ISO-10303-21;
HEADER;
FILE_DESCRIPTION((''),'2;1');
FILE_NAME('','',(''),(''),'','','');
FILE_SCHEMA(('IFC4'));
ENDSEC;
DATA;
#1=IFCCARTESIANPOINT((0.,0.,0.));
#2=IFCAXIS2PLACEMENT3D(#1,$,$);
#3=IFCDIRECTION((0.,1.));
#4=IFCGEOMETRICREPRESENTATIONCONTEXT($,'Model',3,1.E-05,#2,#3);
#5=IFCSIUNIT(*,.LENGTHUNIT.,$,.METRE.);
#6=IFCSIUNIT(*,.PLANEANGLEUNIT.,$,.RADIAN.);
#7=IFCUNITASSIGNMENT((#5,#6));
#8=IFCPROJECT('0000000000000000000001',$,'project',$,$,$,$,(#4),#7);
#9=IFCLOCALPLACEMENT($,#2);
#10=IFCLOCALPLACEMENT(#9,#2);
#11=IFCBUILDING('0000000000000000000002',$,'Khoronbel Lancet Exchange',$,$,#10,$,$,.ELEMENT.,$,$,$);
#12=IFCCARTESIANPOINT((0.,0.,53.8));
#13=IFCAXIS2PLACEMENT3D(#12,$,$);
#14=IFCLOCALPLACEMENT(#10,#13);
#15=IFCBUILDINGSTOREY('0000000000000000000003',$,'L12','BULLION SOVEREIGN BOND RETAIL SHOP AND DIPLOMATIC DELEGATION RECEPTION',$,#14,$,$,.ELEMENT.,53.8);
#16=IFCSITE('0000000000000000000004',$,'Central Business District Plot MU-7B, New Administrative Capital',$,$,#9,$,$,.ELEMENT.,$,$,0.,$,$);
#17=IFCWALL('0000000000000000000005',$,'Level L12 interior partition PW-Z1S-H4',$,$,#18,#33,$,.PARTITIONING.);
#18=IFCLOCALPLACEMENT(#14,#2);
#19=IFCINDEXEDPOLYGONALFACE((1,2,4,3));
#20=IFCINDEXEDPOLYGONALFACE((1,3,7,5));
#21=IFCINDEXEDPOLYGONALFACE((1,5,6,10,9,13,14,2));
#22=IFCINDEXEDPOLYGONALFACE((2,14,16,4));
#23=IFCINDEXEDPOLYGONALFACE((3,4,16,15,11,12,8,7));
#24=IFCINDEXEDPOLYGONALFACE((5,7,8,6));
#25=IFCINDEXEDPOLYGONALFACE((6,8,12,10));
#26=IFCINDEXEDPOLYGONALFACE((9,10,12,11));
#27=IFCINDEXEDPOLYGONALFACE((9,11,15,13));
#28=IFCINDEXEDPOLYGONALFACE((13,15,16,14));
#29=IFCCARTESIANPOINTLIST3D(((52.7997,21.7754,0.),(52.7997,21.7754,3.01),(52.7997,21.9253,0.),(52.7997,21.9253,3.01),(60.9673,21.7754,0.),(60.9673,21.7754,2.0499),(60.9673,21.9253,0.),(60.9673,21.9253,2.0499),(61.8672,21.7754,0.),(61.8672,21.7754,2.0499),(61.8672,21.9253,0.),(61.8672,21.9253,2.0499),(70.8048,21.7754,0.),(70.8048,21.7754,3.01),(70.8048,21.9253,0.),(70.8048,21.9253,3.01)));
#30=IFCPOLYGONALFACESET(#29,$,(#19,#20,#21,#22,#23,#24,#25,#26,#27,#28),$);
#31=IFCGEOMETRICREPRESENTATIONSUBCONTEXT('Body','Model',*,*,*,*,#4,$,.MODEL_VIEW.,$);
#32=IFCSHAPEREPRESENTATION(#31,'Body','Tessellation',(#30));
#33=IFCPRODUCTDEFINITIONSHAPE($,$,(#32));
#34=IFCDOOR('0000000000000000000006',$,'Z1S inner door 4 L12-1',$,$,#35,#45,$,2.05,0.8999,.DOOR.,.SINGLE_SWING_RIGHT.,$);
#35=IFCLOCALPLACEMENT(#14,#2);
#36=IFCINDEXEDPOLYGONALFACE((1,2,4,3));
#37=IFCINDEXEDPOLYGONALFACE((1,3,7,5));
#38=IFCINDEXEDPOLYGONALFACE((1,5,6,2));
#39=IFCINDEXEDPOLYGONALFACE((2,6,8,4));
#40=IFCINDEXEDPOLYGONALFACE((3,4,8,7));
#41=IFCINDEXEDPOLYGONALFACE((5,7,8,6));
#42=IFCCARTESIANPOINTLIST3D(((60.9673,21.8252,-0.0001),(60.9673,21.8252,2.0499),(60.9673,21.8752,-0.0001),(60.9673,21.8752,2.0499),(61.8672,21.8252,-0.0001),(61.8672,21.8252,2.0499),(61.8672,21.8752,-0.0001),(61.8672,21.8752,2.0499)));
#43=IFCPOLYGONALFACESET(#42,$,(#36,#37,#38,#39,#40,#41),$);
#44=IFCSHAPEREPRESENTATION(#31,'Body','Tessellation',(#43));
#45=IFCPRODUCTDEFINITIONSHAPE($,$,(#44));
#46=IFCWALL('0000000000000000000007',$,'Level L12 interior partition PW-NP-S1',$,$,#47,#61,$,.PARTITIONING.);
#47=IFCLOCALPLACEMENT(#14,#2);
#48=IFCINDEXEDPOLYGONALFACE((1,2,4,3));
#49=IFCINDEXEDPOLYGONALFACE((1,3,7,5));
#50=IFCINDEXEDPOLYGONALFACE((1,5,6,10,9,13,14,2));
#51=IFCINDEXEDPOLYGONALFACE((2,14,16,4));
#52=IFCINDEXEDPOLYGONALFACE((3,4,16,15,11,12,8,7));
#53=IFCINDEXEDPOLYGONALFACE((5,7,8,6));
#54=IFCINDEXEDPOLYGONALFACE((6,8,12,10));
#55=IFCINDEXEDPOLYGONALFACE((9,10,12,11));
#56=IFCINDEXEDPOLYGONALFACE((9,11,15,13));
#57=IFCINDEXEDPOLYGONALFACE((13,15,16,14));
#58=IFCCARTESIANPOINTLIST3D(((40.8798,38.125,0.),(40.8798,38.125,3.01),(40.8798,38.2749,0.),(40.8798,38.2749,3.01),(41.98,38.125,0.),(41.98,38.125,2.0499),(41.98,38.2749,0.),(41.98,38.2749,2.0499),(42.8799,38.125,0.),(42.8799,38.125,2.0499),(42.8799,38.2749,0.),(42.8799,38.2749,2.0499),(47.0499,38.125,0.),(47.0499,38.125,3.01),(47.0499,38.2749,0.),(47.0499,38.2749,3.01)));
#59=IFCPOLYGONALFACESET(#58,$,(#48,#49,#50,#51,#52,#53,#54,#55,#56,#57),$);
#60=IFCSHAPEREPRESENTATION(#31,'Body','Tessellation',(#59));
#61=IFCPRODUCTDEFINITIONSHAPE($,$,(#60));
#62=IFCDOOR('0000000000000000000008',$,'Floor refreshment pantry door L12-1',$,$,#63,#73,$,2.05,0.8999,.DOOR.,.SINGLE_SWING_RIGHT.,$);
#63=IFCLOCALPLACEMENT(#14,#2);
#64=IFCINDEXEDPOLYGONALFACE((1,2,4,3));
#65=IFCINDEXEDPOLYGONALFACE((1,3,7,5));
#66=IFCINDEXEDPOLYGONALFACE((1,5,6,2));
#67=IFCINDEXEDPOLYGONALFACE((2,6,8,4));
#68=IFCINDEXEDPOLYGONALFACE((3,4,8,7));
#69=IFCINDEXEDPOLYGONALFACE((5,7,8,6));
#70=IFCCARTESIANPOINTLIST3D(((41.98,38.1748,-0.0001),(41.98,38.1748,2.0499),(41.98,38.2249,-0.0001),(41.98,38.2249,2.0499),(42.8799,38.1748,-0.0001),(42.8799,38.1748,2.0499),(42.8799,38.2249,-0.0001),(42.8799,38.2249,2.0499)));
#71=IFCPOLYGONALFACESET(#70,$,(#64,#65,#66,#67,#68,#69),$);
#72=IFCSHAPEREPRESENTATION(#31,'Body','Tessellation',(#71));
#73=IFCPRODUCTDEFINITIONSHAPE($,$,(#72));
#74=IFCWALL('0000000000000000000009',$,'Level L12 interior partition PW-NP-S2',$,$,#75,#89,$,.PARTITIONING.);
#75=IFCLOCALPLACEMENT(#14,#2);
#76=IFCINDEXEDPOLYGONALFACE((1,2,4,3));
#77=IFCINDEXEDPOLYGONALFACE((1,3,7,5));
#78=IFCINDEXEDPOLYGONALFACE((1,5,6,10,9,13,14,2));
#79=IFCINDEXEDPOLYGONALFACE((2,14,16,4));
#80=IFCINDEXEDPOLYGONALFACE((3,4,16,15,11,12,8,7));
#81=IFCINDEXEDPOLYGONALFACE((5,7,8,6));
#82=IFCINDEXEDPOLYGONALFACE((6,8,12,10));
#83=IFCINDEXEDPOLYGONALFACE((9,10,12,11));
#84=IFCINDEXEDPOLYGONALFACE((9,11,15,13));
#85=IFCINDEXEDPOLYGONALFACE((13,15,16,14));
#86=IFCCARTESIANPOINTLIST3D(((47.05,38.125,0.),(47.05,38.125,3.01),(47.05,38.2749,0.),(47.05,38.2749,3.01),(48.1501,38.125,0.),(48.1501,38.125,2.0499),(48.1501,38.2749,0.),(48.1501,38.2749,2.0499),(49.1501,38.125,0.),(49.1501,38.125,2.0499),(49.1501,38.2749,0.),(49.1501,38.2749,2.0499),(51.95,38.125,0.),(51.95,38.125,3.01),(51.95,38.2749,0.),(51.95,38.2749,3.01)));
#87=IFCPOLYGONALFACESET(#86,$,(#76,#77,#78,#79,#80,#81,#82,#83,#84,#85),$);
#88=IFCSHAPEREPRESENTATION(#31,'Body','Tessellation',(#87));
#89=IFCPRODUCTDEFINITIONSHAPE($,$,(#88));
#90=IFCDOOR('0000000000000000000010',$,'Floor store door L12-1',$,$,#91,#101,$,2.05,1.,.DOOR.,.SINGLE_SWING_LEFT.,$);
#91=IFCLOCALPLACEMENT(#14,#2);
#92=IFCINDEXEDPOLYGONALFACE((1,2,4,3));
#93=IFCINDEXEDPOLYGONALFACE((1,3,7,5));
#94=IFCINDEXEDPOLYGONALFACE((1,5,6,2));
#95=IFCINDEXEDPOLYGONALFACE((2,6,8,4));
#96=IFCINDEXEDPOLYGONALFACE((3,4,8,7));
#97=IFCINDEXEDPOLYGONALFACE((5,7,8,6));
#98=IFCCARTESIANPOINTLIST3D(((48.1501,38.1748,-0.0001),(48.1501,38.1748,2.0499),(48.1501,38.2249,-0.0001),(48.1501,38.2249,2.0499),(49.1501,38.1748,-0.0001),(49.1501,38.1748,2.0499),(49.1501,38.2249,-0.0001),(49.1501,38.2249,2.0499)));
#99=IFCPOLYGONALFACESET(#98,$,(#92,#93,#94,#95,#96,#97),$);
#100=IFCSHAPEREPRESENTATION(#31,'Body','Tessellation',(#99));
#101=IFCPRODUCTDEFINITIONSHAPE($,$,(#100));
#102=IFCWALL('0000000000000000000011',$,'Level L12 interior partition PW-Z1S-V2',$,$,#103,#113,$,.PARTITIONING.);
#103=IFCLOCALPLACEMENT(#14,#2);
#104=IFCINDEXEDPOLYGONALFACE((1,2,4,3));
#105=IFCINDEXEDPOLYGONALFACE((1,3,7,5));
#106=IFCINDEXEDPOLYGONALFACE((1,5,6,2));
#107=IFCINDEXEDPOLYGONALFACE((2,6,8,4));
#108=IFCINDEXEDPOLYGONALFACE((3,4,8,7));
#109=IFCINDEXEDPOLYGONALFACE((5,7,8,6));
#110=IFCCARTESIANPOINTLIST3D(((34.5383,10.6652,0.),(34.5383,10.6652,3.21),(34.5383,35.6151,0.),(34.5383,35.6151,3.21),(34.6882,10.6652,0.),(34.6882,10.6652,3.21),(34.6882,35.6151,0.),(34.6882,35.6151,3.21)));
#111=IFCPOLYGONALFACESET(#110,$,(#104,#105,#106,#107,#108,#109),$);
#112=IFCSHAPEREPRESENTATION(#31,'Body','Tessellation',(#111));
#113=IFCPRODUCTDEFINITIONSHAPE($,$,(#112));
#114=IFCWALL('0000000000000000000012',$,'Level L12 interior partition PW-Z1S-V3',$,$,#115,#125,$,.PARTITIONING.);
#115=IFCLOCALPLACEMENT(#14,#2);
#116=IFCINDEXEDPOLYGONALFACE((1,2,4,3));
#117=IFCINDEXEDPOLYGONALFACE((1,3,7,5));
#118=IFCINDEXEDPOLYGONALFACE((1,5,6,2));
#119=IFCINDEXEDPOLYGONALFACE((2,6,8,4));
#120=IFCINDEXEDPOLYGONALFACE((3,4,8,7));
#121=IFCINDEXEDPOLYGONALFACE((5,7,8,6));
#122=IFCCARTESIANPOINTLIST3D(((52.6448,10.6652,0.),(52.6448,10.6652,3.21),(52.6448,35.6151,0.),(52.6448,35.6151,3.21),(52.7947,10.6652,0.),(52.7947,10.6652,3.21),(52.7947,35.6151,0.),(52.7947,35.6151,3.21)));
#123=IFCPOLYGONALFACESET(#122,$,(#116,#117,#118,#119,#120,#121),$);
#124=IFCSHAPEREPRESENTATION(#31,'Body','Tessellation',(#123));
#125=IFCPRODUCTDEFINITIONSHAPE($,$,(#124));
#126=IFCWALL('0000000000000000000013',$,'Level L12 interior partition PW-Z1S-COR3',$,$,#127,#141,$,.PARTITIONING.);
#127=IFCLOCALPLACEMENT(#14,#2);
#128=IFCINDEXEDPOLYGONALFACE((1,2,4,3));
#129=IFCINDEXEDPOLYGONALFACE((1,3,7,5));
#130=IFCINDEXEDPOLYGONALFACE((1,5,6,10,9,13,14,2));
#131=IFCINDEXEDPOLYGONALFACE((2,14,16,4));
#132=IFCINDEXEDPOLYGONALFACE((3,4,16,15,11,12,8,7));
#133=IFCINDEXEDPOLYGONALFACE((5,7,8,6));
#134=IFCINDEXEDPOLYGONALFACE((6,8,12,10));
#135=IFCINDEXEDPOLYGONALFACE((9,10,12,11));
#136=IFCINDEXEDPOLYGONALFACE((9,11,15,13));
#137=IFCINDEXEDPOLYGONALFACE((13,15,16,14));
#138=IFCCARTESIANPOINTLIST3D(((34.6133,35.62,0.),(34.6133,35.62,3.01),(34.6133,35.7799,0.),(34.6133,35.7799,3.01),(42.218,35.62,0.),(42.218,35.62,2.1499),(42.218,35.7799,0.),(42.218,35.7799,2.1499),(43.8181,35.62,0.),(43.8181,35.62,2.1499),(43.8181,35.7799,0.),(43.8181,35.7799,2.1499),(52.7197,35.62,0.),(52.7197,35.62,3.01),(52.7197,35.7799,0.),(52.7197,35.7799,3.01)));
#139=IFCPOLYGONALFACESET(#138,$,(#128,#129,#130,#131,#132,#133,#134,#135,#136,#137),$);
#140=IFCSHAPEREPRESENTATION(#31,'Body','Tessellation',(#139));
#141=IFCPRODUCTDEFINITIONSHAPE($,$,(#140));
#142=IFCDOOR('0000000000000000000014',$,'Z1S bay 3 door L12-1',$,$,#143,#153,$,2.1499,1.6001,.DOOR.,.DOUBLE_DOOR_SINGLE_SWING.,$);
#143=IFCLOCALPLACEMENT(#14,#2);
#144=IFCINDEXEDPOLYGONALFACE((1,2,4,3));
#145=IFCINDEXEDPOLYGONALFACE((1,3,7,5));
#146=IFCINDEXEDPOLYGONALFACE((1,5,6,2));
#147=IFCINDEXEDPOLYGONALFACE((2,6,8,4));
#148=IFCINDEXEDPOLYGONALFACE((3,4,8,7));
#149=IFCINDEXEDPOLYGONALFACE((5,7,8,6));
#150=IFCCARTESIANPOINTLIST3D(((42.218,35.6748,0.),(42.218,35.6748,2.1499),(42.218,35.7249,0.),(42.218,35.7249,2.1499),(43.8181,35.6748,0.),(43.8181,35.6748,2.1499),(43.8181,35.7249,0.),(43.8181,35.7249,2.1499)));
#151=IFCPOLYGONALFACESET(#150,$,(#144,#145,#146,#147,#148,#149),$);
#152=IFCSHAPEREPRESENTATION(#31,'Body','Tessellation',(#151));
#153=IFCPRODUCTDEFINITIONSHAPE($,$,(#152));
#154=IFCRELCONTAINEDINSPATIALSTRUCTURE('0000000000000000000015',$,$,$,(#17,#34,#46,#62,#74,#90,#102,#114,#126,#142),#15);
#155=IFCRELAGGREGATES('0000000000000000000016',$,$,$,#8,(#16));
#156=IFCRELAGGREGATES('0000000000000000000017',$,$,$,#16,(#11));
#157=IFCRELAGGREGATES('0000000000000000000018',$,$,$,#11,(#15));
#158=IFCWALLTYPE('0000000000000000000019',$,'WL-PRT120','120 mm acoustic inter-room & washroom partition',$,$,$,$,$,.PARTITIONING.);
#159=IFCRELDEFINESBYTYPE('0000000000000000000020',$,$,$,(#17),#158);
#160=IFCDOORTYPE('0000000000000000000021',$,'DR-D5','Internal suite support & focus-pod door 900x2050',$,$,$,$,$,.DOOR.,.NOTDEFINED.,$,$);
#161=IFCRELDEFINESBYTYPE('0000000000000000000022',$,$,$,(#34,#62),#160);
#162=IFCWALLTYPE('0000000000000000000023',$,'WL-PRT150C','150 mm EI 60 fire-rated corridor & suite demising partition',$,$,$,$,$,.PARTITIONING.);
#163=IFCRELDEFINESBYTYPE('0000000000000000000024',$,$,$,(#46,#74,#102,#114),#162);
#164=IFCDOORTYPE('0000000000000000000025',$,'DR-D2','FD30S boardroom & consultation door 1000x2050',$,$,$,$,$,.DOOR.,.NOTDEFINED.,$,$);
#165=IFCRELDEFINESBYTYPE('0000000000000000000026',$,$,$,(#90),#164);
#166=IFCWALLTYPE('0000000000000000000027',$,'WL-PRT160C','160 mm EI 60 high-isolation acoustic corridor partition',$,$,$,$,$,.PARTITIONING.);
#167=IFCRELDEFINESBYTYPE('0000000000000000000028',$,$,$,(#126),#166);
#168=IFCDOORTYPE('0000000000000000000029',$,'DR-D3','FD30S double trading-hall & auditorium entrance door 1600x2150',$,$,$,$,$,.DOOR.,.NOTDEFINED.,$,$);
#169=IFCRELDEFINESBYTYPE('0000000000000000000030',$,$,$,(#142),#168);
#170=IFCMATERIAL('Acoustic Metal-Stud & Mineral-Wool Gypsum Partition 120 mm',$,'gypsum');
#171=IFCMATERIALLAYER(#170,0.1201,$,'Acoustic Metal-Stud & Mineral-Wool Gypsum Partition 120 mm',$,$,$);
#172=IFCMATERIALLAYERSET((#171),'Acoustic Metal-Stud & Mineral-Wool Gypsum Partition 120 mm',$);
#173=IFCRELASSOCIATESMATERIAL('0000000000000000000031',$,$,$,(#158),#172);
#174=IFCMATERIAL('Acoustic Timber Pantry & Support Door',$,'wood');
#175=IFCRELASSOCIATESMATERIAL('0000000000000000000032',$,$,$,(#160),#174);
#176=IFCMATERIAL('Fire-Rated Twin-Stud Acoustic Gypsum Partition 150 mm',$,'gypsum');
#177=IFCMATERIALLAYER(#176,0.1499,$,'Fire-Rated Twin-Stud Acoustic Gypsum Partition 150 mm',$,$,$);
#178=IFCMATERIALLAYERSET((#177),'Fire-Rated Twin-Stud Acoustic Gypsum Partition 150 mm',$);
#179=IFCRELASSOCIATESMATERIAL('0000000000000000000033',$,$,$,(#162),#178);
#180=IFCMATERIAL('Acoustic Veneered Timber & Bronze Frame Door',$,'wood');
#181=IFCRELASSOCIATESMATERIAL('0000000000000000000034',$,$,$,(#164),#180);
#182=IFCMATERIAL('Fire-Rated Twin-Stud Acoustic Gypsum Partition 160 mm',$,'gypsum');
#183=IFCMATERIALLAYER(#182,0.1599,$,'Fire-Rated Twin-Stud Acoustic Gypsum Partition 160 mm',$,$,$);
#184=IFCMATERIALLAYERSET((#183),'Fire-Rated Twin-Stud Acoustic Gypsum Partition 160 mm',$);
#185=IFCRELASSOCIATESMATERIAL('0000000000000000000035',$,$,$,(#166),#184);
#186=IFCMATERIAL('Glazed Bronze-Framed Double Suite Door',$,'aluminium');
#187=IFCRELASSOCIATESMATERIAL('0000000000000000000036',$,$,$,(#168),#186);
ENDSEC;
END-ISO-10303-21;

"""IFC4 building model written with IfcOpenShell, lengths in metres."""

from ifc_helpers import new_model, si_unit, direction, frame, frame_2d, origin, place, context, subcontext, project, spatial, rectangle, extrude, material, layer, layer_set, type_object, element, fill, save


model = new_model("IFC4")

# Units and contexts
model_context = context("Model", 3, precision=1e-05, world=origin(), true_north=direction((0.0, 1.0)))
body_context = subcontext(model_context, "Body", "Model", "MODEL_VIEW")
ifc_project = project(units=[si_unit("LENGTHUNIT", "METRE"), si_unit("PLANEANGLEUNIT", "RADIAN")], contexts=[model_context])

# Site, building, storey
site_placement = place(None, origin())
site = spatial("IfcSite", under=ifc_project, at=site_placement, Name="Central Business District Plot MU-7B, New Administrative Capital", CompositionType="ELEMENT", RefElevation=0.0)
building_placement = place(site_placement, origin())
building = spatial("IfcBuilding", under=site, at=building_placement, Name="Khoronbel Lancet Exchange", CompositionType="ELEMENT")
storey_placement = place(building_placement, frame((0.0, 0.0, 53.8)))
storey = spatial("IfcBuildingStorey", under=building, at=storey_placement, Name="L12", Description="BULLION SOVEREIGN BOND RETAIL SHOP AND DIPLOMATIC DELEGATION RECEPTION", CompositionType="ELEMENT", Elevation=53.8)

# Walls, openings, doors
ifc_material_1 = material(Name="Acoustic Metal-Stud & Mineral-Wool Gypsum Partition 120 mm", Category="gypsum")
ifc_layer_1 = layer(ifc_material_1, 0.1201, Name="Acoustic Metal-Stud & Mineral-Wool Gypsum Partition 120 mm")
ifc_layer_set_1 = layer_set([ifc_layer_1], Name="Acoustic Metal-Stud & Mineral-Wool Gypsum Partition 120 mm")
wall_type_1 = type_object("IfcWallType", Name="WL-PRT120", Description="120 mm acoustic inter-room & washroom partition", PredefinedType="PARTITIONING", material=ifc_layer_set_1)
ifc_material_2 = material(Name="Acoustic Timber Pantry & Support Door", Category="wood")
door_type_1 = type_object("IfcDoorType", Name="DR-D5", Description="Internal suite support & focus-pod door 900x2050", OperationType="NOTDEFINED", PredefinedType="DOOR", material=ifc_material_2)
wall_1_placement = place(storey_placement, frame((52.7998, 21.8503, 0.0), z_axis=(0.0, 0.0, 1.0), x_axis=(1.0, 0.0, 0.0)))
wall_1 = element("IfcWall", 1, at=wall_1_placement, inside=storey, type_object=wall_type_1, Name="Level L12 interior partition PW-Z1S-H4", PredefinedType="PARTITIONING", context=body_context, shape_type="SweptSolid", body=[
    extrude(rectangle(XDim=18.0051, YDim=0.1499, at=frame_2d((9.0024, 0.0))), origin(), (0.0, 0.0, 1.0), 3.01),
])
opening_1_placement = place(wall_1_placement, frame((8.1675, 0.0, 0.0)))
opening_1 = element("IfcOpeningElement", 2, at=opening_1_placement, cuts=wall_1, PredefinedType="OPENING", context=body_context, shape_type="SweptSolid", body=[
    extrude(rectangle(XDim=0.8999, YDim=2.05, at=frame_2d((0.45, 1.0249))), frame((0.0, 0.085, 0.0), z_axis=(0.0, -1.0, 0.0), x_axis=(1.0, 0.0, 0.0)), (0.0, 0.0, 1.0), 0.1699),
])
door_1_placement = place(opening_1_placement, origin())
door_1 = element("IfcDoor", 3, at=door_1_placement, inside=storey, type_object=door_type_1, Name="Z1S inner door 4 L12-1", OperationType="SINGLE_SWING_RIGHT", OverallHeight=2.05, OverallWidth=0.8999, PredefinedType="DOOR", context=body_context, shape_type="SweptSolid", body=[
    extrude(rectangle(XDim=0.8999, YDim=2.05, at=frame_2d((0.45, 1.0249))), frame((0.0, 0.0249, 0.0), z_axis=(0.0, -1.0, 0.0), x_axis=(1.0, 0.0, 0.0)), (0.0, 0.0, 1.0), 0.05),
])
fill(opening_1, door_1)
ifc_material_3 = material(Name="Fire-Rated Twin-Stud Acoustic Gypsum Partition 150 mm", Category="gypsum")
ifc_layer_2 = layer(ifc_material_3, 0.1499, Name="Fire-Rated Twin-Stud Acoustic Gypsum Partition 150 mm")
ifc_layer_set_2 = layer_set([ifc_layer_2], Name="Fire-Rated Twin-Stud Acoustic Gypsum Partition 150 mm")
wall_type_2 = type_object("IfcWallType", Name="WL-PRT150C", Description="150 mm EI 60 fire-rated corridor & suite demising partition", PredefinedType="PARTITIONING", material=ifc_layer_set_2)
wall_2_placement = place(storey_placement, frame((40.8799, 38.2, 0.0), z_axis=(0.0, 0.0, 1.0), x_axis=(1.0, 0.0, 0.0)))
wall_2 = element("IfcWall", 4, at=wall_2_placement, inside=storey, type_object=wall_type_2, Name="Level L12 interior partition PW-NP-S1", PredefinedType="PARTITIONING", context=body_context, shape_type="SweptSolid", body=[
    extrude(rectangle(XDim=6.1702, YDim=0.1499, at=frame_2d((3.085, 0.0))), origin(), (0.0, 0.0, 1.0), 3.01),
])
opening_2_placement = place(wall_2_placement, frame((1.1001, 0.0, 0.0)))
opening_2 = element("IfcOpeningElement", 5, at=opening_2_placement, cuts=wall_2, PredefinedType="OPENING", context=body_context, shape_type="SweptSolid", body=[
    extrude(rectangle(XDim=0.8999, YDim=2.05, at=frame_2d((0.45, 1.0249))), frame((0.0, 0.085, 0.0), z_axis=(0.0, -1.0, 0.0), x_axis=(1.0, 0.0, 0.0)), (0.0, 0.0, 1.0), 0.1699),
])
door_2_placement = place(opening_2_placement, origin())
door_2 = element("IfcDoor", 6, at=door_2_placement, inside=storey, type_object=door_type_1, Name="Floor refreshment pantry door L12-1", OperationType="SINGLE_SWING_RIGHT", OverallHeight=2.05, OverallWidth=0.8999, PredefinedType="DOOR", context=body_context, shape_type="SweptSolid", body=[
    extrude(rectangle(XDim=0.8999, YDim=2.05, at=frame_2d((0.45, 1.0249))), frame((0.0, 0.0249, 0.0), z_axis=(0.0, -1.0, 0.0), x_axis=(1.0, 0.0, 0.0)), (0.0, 0.0, 1.0), 0.05),
])
fill(opening_2, door_2)
wall_3_placement = place(storey_placement, frame((47.05, 38.2, 0.0), z_axis=(0.0, 0.0, 1.0), x_axis=(1.0, 0.0, 0.0)))
wall_3 = element("IfcWall", 7, at=wall_3_placement, inside=storey, type_object=wall_type_2, Name="Level L12 interior partition PW-NP-S2", PredefinedType="PARTITIONING", context=body_context, shape_type="SweptSolid", body=[
    extrude(rectangle(XDim=4.8999, YDim=0.1499, at=frame_2d((2.45, 0.0))), origin(), (0.0, 0.0, 1.0), 3.01),
])
opening_3_placement = place(wall_3_placement, frame((1.1001, 0.0, 0.0)))
opening_3 = element("IfcOpeningElement", 8, at=opening_3_placement, cuts=wall_3, PredefinedType="OPENING", context=body_context, shape_type="SweptSolid", body=[
    extrude(rectangle(XDim=1.0, YDim=2.05, at=frame_2d((0.5, 1.0249))), frame((0.0, 0.085, 0.0), z_axis=(0.0, -1.0, 0.0), x_axis=(1.0, 0.0, 0.0)), (0.0, 0.0, 1.0), 0.1699),
])
ifc_material_4 = material(Name="Acoustic Veneered Timber & Bronze Frame Door", Category="wood")
door_type_2 = type_object("IfcDoorType", Name="DR-D2", Description="FD30S boardroom & consultation door 1000x2050", OperationType="NOTDEFINED", PredefinedType="DOOR", material=ifc_material_4)
door_3_placement = place(opening_3_placement, origin())
door_3 = element("IfcDoor", 9, at=door_3_placement, inside=storey, type_object=door_type_2, Name="Floor store door L12-1", OperationType="SINGLE_SWING_LEFT", OverallHeight=2.05, OverallWidth=1.0, PredefinedType="DOOR", context=body_context, shape_type="SweptSolid", body=[
    extrude(rectangle(XDim=1.0, YDim=2.05, at=frame_2d((0.5, 1.0249))), frame((0.0, 0.0249, 0.0), z_axis=(0.0, -1.0, 0.0), x_axis=(1.0, 0.0, 0.0)), (0.0, 0.0, 1.0), 0.05),
])
fill(opening_3, door_3)

# Walls
for number, where, z_axis, x_axis, name in (
    (10, (34.6133, 10.665, 0.0), (0.0, 0.0, 1.0), (0.0, 1.0, 0.0), "Level L12 interior partition PW-Z1S-V2"),
    (11, (52.7197, 10.665, 0.0), (0.0, 0.0, 1.0), (0.0, 1.0, 0.0), "Level L12 interior partition PW-Z1S-V3"),
):
    element("IfcWall", number, at=place(storey_placement, frame(where, z_axis=z_axis, x_axis=x_axis)), inside=storey, type_object=wall_type_2, Name=name, PredefinedType="PARTITIONING", context=body_context, shape_type="SweptSolid", body=[
        extrude(rectangle(XDim=24.95, YDim=0.1499, at=frame_2d((12.4751, 0.0))), origin(), (0.0, 0.0, 1.0), 3.21),
    ])

# Wall, opening, door
ifc_material_5 = material(Name="Fire-Rated Twin-Stud Acoustic Gypsum Partition 160 mm", Category="gypsum")
ifc_layer_3 = layer(ifc_material_5, 0.1599, Name="Fire-Rated Twin-Stud Acoustic Gypsum Partition 160 mm")
ifc_layer_set_3 = layer_set([ifc_layer_3], Name="Fire-Rated Twin-Stud Acoustic Gypsum Partition 160 mm")
wall_type_3 = type_object("IfcWallType", Name="WL-PRT160C", Description="160 mm EI 60 high-isolation acoustic corridor partition", PredefinedType="PARTITIONING", material=ifc_layer_set_3)
wall_4_placement = place(storey_placement, frame((34.6133, 35.7, 0.0), z_axis=(0.0, 0.0, 1.0), x_axis=(1.0, 0.0, 0.0)))
wall_4 = element("IfcWall", 12, at=wall_4_placement, inside=storey, type_object=wall_type_3, Name="Level L12 interior partition PW-Z1S-COR3", PredefinedType="PARTITIONING", context=body_context, shape_type="SweptSolid", body=[
    extrude(rectangle(XDim=18.1064, YDim=0.1599, at=frame_2d((9.0532, 0.0))), origin(), (0.0, 0.0, 1.0), 3.01),
])
opening_4_placement = place(wall_4_placement, frame((7.6047, 0.0, 0.0)))
opening_4 = element("IfcOpeningElement", 13, at=opening_4_placement, cuts=wall_4, PredefinedType="OPENING", context=body_context, shape_type="SweptSolid", body=[
    extrude(rectangle(XDim=1.6001, YDim=2.1499, at=frame_2d((0.8, 1.075))), frame((0.0, 0.0898, 0.0), z_axis=(0.0, -1.0, 0.0), x_axis=(1.0, 0.0, 0.0)), (0.0, 0.0, 1.0), 0.1799),
])
ifc_material_6 = material(Name="Glazed Bronze-Framed Double Suite Door", Category="aluminium")
door_type_3 = type_object("IfcDoorType", Name="DR-D3", Description="FD30S double trading-hall & auditorium entrance door 1600x2150", OperationType="NOTDEFINED", PredefinedType="DOOR", material=ifc_material_6)
door_4_placement = place(opening_4_placement, origin())
door_4 = element("IfcDoor", 14, at=door_4_placement, inside=storey, type_object=door_type_3, Name="Z1S bay 3 door L12-1", OperationType="DOUBLE_DOOR_SINGLE_SWING", OverallHeight=2.1499, OverallWidth=1.6001, PredefinedType="DOOR", context=body_context, shape_type="SweptSolid", body=[
    extrude(rectangle(XDim=1.6001, YDim=2.1499, at=frame_2d((0.8, 1.075))), frame((0.0, 0.0249, 0.0), z_axis=(0.0, -1.0, 0.0), x_axis=(1.0, 0.0, 0.0)), (0.0, 0.0, 1.0), 0.05),
])
fill(opening_4, door_4)

save(model, "model.ifc")
